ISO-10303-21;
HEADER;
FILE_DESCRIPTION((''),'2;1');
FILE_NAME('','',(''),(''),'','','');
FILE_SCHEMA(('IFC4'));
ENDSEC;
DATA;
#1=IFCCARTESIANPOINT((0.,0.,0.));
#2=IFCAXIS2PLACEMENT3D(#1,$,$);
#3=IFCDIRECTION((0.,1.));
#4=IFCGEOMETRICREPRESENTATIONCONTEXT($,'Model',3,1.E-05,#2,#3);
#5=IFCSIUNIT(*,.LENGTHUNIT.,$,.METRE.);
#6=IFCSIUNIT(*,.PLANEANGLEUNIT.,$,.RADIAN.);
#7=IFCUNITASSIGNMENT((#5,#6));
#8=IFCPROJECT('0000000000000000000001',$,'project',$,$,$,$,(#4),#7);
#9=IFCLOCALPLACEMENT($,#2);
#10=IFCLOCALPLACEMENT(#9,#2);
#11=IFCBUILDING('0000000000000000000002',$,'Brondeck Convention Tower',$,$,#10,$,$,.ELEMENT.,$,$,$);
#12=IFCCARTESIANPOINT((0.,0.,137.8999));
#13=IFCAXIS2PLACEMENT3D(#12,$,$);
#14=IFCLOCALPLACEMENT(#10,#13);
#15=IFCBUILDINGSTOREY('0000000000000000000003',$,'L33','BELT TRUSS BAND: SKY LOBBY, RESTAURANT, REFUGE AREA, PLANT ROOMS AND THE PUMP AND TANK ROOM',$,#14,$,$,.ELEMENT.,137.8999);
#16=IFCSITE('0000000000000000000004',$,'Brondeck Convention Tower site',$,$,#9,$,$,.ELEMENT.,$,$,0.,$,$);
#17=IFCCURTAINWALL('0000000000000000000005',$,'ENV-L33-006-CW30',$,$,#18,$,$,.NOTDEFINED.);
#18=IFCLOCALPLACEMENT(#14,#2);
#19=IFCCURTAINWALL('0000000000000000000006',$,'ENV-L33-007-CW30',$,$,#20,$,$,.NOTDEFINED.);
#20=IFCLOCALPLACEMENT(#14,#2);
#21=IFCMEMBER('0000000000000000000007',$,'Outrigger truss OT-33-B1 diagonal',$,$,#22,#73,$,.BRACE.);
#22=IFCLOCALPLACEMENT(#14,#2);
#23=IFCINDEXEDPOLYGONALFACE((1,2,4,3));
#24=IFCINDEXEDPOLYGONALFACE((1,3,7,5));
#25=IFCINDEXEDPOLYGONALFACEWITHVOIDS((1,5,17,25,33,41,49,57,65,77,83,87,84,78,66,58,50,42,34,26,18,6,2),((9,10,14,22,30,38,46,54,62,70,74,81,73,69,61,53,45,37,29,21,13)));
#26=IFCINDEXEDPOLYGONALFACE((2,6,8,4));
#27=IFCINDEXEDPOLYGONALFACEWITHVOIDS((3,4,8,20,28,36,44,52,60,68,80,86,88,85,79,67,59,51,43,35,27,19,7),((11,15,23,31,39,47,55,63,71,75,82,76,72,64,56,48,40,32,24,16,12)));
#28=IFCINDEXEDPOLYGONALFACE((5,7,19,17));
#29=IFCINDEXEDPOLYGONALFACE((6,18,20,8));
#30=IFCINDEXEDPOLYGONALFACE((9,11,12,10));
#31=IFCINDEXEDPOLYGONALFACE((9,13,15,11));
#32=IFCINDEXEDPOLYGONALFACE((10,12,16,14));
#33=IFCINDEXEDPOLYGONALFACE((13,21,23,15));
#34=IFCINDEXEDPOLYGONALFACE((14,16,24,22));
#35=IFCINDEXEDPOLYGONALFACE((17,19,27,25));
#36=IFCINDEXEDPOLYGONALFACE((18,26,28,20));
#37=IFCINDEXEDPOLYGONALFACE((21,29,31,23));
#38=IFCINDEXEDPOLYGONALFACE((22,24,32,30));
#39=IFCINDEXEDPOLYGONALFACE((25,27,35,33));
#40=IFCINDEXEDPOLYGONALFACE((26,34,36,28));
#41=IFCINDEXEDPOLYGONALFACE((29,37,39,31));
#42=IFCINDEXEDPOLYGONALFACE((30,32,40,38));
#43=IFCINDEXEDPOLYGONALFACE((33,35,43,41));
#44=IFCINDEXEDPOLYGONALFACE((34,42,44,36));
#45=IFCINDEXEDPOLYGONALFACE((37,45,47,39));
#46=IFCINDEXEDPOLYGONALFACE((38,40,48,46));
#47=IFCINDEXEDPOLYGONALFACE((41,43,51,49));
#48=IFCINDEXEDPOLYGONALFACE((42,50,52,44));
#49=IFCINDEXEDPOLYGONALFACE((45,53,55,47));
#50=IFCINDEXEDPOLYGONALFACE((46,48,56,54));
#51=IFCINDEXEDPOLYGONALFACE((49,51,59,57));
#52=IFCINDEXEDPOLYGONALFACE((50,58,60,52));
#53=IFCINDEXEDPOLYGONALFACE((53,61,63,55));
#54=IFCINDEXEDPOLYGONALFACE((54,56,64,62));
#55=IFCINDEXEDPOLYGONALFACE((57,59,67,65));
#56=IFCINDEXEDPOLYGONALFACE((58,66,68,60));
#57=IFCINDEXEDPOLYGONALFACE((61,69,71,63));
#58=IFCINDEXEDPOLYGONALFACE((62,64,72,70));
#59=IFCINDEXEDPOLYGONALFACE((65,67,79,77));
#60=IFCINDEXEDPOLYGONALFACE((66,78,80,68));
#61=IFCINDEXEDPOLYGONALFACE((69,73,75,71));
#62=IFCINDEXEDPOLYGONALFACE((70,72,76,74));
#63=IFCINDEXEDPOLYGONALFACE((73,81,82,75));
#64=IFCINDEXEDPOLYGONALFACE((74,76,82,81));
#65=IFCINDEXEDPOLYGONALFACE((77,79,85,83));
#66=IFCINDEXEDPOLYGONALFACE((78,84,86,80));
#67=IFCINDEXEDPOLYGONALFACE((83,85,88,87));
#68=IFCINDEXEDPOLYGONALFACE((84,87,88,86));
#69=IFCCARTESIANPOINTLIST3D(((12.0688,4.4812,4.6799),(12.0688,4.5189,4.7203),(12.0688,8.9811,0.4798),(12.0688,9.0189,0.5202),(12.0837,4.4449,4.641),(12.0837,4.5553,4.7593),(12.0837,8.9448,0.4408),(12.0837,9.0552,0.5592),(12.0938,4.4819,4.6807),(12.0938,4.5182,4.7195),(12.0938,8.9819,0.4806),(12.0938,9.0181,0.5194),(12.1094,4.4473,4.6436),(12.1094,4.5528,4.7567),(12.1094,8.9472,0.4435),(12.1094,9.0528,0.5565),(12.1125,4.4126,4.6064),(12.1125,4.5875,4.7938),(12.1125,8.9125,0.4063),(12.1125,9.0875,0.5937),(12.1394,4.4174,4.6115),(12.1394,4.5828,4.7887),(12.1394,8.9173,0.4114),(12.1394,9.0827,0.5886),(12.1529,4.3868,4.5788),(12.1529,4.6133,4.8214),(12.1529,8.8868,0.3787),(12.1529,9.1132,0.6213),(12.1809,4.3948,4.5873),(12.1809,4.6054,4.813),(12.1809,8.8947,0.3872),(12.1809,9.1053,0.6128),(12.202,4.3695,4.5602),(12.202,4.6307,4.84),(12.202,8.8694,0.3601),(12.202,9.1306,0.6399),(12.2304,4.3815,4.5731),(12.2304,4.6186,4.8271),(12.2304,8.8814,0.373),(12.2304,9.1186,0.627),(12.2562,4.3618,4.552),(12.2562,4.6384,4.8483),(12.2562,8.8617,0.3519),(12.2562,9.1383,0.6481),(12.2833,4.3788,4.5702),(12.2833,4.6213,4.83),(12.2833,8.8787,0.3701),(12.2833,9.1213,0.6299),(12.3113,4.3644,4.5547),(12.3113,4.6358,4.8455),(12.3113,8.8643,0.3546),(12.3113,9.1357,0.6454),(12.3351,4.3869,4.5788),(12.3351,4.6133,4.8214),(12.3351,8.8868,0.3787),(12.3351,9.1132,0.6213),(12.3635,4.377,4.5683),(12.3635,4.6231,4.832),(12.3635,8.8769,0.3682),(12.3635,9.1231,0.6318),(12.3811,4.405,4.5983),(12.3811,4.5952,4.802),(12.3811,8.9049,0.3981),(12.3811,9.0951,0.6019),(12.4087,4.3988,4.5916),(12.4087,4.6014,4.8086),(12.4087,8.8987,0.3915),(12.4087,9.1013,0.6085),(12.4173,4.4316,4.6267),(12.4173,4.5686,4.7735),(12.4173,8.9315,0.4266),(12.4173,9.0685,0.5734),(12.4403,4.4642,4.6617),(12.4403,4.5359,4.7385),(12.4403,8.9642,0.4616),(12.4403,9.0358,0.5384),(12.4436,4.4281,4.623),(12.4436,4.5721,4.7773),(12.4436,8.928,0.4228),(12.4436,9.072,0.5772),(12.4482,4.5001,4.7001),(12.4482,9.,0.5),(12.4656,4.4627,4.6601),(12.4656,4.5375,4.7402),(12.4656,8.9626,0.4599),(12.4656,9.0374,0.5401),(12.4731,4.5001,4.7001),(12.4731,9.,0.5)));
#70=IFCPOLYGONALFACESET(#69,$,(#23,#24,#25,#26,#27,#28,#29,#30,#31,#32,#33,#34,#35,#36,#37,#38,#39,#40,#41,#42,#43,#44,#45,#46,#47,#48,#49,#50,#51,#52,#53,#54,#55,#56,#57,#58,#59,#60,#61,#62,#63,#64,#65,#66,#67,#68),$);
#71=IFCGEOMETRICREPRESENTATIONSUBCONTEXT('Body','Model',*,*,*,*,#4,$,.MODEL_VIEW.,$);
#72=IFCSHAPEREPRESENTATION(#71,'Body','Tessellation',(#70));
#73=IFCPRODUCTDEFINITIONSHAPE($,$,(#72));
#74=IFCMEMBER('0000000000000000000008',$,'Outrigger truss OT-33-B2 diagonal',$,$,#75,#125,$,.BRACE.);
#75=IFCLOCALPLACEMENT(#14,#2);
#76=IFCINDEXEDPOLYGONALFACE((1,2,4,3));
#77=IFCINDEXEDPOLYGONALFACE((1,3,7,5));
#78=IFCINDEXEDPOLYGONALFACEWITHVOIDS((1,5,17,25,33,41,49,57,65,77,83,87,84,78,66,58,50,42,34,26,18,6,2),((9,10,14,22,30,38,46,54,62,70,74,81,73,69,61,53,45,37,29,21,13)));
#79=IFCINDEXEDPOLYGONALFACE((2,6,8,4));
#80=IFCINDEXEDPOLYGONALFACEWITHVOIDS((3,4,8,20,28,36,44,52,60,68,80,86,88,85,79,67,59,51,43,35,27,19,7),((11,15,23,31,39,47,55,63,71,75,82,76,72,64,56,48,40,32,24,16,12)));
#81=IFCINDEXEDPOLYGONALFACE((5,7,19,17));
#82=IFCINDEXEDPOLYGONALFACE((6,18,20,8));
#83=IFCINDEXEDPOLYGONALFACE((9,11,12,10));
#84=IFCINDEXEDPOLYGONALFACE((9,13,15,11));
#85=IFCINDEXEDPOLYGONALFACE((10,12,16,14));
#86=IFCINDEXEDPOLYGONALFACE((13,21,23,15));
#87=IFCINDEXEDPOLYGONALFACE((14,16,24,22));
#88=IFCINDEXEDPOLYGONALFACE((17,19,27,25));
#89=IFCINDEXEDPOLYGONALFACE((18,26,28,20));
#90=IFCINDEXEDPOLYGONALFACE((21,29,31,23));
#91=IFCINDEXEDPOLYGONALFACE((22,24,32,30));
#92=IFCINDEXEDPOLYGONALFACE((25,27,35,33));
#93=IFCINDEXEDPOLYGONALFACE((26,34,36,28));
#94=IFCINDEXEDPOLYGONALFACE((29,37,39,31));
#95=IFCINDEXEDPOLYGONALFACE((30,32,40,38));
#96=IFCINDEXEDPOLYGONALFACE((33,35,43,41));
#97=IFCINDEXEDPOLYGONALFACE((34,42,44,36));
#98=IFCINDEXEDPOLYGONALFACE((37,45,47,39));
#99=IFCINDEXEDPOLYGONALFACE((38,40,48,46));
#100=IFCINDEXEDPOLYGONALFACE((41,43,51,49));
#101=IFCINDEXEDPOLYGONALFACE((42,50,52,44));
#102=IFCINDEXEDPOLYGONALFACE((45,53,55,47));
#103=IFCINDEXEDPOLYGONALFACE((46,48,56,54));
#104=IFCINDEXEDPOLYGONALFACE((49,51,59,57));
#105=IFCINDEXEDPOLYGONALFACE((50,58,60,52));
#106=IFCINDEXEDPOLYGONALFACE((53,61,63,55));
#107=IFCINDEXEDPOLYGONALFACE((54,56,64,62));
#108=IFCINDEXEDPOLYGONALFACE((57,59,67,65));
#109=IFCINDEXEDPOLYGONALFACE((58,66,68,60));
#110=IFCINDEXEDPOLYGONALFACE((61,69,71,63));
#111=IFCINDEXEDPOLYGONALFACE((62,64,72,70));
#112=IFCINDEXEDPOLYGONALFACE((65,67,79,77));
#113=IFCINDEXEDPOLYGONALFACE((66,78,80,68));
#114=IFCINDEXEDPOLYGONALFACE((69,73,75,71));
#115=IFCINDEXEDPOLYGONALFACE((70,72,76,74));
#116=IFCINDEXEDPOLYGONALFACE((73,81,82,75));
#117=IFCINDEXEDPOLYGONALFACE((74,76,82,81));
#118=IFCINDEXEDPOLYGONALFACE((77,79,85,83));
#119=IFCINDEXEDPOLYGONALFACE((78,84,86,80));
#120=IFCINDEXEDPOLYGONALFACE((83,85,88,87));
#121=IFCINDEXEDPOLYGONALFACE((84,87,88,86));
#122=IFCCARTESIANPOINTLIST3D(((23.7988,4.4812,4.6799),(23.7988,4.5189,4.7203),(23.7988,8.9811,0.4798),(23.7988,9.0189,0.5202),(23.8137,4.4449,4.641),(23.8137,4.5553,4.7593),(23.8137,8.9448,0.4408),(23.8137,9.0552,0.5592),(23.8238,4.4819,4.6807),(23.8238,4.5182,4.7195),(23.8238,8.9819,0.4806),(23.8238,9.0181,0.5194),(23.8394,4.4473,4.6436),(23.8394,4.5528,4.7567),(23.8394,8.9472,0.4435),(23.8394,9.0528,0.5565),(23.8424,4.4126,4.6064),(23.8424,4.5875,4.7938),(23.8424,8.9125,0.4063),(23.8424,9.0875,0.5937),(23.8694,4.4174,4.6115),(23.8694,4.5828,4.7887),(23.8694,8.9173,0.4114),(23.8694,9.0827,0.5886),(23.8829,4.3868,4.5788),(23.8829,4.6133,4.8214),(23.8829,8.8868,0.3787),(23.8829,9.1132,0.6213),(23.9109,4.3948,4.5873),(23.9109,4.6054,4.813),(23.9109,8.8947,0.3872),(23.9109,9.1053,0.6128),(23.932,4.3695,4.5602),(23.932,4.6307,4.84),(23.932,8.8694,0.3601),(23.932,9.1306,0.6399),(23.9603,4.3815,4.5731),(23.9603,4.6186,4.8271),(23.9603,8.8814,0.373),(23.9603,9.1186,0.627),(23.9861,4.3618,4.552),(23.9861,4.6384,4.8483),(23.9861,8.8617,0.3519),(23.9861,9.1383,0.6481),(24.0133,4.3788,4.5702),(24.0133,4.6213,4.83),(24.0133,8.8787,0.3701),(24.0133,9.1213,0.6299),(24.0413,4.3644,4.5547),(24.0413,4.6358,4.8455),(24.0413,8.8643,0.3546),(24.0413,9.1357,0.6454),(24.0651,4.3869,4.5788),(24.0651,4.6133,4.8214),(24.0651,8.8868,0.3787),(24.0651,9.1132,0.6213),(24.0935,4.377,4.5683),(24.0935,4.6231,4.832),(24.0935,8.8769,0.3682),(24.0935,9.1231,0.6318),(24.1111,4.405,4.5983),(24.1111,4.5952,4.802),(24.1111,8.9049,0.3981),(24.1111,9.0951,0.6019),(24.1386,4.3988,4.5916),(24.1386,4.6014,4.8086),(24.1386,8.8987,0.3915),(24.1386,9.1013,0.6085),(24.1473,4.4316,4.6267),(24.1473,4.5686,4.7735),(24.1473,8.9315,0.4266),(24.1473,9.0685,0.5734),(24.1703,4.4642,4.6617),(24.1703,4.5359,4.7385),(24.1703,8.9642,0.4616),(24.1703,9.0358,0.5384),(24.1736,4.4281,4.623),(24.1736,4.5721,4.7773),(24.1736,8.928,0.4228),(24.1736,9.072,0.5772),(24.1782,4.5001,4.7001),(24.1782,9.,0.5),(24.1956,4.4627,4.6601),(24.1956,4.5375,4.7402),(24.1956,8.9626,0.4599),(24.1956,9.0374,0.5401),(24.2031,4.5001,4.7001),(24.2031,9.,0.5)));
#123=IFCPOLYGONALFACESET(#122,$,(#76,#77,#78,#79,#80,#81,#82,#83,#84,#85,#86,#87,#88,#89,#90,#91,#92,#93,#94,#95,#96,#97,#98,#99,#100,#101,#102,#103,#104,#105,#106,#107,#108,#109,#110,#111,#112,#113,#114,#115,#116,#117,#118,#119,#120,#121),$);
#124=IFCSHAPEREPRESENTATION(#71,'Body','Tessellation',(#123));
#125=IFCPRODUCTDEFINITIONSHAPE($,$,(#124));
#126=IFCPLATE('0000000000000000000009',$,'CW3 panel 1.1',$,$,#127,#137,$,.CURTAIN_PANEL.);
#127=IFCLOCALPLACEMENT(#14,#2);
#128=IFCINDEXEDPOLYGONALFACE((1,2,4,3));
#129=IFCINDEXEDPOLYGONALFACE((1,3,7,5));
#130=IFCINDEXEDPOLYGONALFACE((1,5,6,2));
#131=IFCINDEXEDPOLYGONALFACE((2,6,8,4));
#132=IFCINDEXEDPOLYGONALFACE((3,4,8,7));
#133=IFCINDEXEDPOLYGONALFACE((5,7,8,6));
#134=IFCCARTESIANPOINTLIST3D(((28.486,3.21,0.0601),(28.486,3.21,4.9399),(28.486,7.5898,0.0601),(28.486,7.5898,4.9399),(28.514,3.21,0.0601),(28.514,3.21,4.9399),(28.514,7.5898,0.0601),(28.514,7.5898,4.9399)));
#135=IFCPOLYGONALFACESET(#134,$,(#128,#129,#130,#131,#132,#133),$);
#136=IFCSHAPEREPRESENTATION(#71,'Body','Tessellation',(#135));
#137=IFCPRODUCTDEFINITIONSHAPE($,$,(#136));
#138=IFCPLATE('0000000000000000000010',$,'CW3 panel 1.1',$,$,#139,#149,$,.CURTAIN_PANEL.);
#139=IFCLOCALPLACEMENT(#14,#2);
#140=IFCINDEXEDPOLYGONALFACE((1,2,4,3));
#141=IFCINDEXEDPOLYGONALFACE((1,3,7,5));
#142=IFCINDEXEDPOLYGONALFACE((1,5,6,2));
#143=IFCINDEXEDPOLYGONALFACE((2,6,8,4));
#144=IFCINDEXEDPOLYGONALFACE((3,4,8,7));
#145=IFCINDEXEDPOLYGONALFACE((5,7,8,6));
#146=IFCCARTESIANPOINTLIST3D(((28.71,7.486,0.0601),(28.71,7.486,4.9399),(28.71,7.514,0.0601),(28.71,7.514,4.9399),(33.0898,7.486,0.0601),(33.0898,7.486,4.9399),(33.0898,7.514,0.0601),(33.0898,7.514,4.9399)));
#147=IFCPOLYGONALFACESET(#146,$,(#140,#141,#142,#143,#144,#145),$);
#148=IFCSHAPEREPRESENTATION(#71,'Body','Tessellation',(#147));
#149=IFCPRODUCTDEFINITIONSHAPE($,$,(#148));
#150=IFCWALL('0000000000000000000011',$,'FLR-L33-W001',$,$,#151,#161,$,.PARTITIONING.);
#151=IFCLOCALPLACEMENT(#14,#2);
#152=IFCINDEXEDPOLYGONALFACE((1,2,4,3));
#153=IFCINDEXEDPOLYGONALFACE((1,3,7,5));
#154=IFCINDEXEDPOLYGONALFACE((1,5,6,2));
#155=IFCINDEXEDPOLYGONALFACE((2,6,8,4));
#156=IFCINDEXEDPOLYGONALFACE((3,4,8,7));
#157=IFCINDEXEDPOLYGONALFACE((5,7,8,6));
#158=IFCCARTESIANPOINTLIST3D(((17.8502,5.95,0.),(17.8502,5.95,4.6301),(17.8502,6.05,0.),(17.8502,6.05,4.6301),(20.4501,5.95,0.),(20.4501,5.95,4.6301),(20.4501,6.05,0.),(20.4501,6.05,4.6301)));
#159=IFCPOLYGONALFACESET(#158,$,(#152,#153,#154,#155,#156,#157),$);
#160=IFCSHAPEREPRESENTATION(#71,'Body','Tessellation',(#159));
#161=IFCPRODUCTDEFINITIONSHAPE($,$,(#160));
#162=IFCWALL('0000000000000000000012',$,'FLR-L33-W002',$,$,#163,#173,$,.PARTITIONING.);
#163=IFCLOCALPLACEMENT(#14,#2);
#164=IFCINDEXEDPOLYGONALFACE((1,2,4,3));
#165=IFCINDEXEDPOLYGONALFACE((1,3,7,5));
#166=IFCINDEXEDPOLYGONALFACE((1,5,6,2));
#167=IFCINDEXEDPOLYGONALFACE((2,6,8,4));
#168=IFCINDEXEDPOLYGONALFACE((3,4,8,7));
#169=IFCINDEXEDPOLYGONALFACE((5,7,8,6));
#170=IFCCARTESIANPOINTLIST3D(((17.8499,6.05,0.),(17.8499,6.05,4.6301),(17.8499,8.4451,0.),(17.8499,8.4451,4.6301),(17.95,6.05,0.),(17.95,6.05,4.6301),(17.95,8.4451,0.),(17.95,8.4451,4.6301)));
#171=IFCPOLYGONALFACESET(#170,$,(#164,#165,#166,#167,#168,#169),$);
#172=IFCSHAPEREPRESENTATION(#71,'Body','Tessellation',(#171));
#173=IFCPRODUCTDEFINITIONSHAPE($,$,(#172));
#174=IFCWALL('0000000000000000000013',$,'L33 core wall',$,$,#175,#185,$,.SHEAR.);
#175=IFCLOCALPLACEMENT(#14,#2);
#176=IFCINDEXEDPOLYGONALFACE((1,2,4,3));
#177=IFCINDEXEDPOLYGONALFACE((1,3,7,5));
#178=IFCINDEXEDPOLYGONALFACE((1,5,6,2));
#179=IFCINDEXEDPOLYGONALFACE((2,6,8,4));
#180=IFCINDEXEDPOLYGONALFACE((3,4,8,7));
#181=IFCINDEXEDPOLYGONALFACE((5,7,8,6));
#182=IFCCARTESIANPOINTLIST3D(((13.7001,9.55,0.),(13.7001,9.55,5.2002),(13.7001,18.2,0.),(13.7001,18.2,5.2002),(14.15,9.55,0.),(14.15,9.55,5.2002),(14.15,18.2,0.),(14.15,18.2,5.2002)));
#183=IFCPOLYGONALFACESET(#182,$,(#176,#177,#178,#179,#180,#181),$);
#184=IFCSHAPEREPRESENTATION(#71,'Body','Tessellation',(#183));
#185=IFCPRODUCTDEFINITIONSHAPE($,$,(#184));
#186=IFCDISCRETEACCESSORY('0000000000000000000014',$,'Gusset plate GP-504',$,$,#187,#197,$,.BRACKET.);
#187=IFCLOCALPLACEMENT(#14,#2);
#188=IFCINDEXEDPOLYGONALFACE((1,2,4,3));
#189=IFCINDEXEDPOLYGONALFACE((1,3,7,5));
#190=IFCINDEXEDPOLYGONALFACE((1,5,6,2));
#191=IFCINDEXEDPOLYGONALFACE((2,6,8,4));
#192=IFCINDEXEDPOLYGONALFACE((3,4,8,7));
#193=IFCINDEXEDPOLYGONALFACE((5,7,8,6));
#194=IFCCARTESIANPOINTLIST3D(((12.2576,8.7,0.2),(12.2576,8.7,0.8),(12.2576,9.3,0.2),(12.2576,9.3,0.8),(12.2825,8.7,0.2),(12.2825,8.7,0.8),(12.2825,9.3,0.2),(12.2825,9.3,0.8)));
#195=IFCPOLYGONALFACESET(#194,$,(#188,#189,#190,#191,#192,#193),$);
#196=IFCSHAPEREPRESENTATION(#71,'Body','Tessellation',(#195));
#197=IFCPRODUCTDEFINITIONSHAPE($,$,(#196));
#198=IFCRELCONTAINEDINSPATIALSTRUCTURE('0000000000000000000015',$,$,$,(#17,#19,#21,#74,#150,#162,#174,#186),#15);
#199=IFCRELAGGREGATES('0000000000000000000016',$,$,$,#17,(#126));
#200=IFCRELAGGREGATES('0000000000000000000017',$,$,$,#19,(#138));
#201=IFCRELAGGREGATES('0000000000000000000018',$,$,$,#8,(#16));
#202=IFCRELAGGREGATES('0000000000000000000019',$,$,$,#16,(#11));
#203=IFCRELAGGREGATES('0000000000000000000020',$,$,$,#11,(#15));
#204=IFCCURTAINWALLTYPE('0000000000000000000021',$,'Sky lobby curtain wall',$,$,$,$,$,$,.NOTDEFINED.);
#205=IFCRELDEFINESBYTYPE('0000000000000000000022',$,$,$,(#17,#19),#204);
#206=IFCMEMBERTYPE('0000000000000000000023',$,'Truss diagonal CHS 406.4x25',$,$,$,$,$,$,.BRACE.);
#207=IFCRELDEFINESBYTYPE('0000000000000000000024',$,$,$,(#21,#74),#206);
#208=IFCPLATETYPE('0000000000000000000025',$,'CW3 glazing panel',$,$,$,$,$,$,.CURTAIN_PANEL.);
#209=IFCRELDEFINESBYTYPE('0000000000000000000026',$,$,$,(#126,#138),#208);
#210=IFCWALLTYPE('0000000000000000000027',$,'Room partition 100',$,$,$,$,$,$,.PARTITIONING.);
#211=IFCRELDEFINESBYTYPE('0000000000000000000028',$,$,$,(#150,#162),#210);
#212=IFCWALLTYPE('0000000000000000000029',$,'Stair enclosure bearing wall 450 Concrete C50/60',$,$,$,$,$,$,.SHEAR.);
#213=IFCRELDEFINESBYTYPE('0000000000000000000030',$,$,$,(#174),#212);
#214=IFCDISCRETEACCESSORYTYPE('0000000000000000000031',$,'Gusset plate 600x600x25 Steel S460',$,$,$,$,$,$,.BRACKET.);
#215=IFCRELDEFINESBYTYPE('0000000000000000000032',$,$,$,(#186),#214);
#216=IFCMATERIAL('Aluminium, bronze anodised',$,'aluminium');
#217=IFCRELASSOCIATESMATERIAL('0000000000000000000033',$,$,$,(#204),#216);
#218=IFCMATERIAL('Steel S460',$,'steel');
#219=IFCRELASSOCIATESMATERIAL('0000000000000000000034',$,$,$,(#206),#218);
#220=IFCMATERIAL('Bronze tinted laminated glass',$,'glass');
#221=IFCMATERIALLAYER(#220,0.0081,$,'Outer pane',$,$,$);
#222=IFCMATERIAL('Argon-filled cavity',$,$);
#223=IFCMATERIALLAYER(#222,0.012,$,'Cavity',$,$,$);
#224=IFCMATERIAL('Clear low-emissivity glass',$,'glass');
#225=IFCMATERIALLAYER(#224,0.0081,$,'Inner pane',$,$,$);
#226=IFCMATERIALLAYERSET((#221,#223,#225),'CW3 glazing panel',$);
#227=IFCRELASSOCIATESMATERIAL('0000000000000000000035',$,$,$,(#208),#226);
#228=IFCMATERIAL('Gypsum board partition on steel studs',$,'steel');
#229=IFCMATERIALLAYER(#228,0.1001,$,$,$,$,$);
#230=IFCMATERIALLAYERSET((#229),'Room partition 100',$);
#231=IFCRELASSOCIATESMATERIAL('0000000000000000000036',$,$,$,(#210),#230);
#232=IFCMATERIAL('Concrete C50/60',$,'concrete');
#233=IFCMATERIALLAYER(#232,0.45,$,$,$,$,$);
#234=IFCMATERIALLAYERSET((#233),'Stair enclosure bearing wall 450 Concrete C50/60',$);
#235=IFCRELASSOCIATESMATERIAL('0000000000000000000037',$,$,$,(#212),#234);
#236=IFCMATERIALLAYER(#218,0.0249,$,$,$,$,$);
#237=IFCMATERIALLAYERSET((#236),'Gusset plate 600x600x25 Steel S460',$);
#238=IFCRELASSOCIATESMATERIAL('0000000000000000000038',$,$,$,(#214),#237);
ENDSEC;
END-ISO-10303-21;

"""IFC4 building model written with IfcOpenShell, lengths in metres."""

from ifc_helpers import new_model, si_unit, direction, frame, frame_2d, origin, origin_2d, place, context, subcontext, project, spatial, rectangle, hollow_circle, extrude, material, layer, layer_set, material_profile, profile_set, type_object, element, aggregate, save


model = new_model("IFC4")

# Units and contexts
model_context = context("Model", 3, precision=1e-05, world=origin(), true_north=direction((0.0, 1.0)))
body_context = subcontext(model_context, "Body", "Model", "MODEL_VIEW")
ifc_project = project(units=[si_unit("LENGTHUNIT", "METRE"), si_unit("PLANEANGLEUNIT", "RADIAN")], contexts=[model_context])

# Site, building, storey
site_placement = place(None, origin())
site = spatial("IfcSite", under=ifc_project, at=site_placement, Name="Brondeck Convention Tower site", CompositionType="ELEMENT", RefElevation=0.0)
building_placement = place(site_placement, origin())
building = spatial("IfcBuilding", under=site, at=building_placement, Name="Brondeck Convention Tower", CompositionType="ELEMENT")
storey_placement = place(building_placement, frame((0.0, 0.0, 137.8999)))
storey = spatial("IfcBuildingStorey", under=building, at=storey_placement, Name="L33", Description="BELT TRUSS BAND: SKY LOBBY, RESTAURANT, REFUGE AREA, PLANT ROOMS AND THE PUMP AND TANK ROOM", CompositionType="ELEMENT", Elevation=137.8999)

# Curtain walls
ifc_material_1 = material(Name="Aluminium, bronze anodised", Category="aluminium")
curtain_wall_type = type_object("IfcCurtainWallType", Name="Sky lobby curtain wall", PredefinedType="NOTDEFINED", material=ifc_material_1)
curtain_wall_1_placement = place(storey_placement, origin())
curtain_wall_1 = element("IfcCurtainWall", 1, at=curtain_wall_1_placement, inside=storey, type_object=curtain_wall_type, Name="ENV-L33-006-CW30", PredefinedType="NOTDEFINED")
curtain_wall_2_placement = place(storey_placement, origin())
curtain_wall_2 = element("IfcCurtainWall", 2, at=curtain_wall_2_placement, inside=storey, type_object=curtain_wall_type, Name="ENV-L33-007-CW30", PredefinedType="NOTDEFINED")

# Shared definitions
ifc_material_2 = material(Name="Steel S460", Category="steel")

# Members
ifc_material_profile_1 = material_profile(ifc_material_2, hollow_circle(Radius=0.2031, WallThickness=0.0249, at=origin_2d()), Name="CHS 406.4x25")
ifc_profile_set_1 = profile_set([ifc_material_profile_1], Name="Steel S460")
member_type_1 = type_object("IfcMemberType", Name="Truss diagonal CHS 406.4x25", PredefinedType="BRACE", material=ifc_profile_set_1)
for number, where, z_axis, x_axis, name in (
    (3, (12.27, 9.0, 0.5), (0.0, -0.731039, 0.682335), (1.0, 0.0, 0.0), "Outrigger truss OT-33-B1 diagonal"),
    (4, (24.0, 9.0, 0.5), (0.0, -0.731039, 0.682335), (1.0, 0.0, 0.0), "Outrigger truss OT-33-B2 diagonal"),
):
    element("IfcMember", number, at=place(storey_placement, frame(where, z_axis=z_axis, x_axis=x_axis)), inside=storey, type_object=member_type_1, Name=name, PredefinedType="BRACE", context=body_context, shape_type="SweptSolid", body=[
        extrude(hollow_circle(Radius=0.2031, WallThickness=0.0249, at=origin_2d()), origin(), (0.0, 0.0, 1.0), 6.1555),
    ])

# Plates
ifc_material_3 = material(Name="Bronze tinted laminated glass", Category="glass")
ifc_layer_1 = layer(ifc_material_3, 0.0081, Name="Outer pane")
ifc_material_4 = material(Name="Argon-filled cavity")
ifc_layer_2 = layer(ifc_material_4, 0.012, Name="Cavity")
ifc_material_5 = material(Name="Clear low-emissivity glass", Category="glass")
ifc_layer_3 = layer(ifc_material_5, 0.0081, Name="Inner pane")
ifc_layer_set_1 = layer_set([ifc_layer_1, ifc_layer_2, ifc_layer_3], Name="CW3 glazing panel")
plate_type = type_object("IfcPlateType", Name="CW3 glazing panel", PredefinedType="CURTAIN_PANEL", material=ifc_layer_set_1)
plate_1_placement = place(storey_placement, frame((28.5, 5.3999, 0.0601), z_axis=(0.0, 0.0, 1.0), x_axis=(0.0, -1.0, 0.0)))
plate_1 = element("IfcPlate", 5, at=plate_1_placement, type_object=plate_type, Name="CW3 panel 1.1", PredefinedType="CURTAIN_PANEL", context=body_context, shape_type="SweptSolid", body=[
    extrude(rectangle(XDim=4.3799, YDim=0.0281, at=origin_2d()), origin(), (0.0, 0.0, 1.0), 4.8799),
])
aggregate(curtain_wall_1, [plate_1])
plate_2_placement = place(storey_placement, frame((30.8999, 7.5, 0.0601), z_axis=(0.0, 0.0, 1.0), x_axis=(-1.0, 0.0, 0.0)))
plate_2 = element("IfcPlate", 6, at=plate_2_placement, type_object=plate_type, Name="CW3 panel 1.1", PredefinedType="CURTAIN_PANEL", context=body_context, shape_type="SweptSolid", body=[
    extrude(rectangle(XDim=4.3799, YDim=0.0281, at=origin_2d()), origin(), (0.0, 0.0, 1.0), 4.8799),
])
aggregate(curtain_wall_2, [plate_2])

# Walls
ifc_material_6 = material(Name="Gypsum board partition on steel studs", Category="steel")
ifc_layer_4 = layer(ifc_material_6, 0.1001)
ifc_layer_set_2 = layer_set([ifc_layer_4], Name="Room partition 100")
wall_type_1 = type_object("IfcWallType", Name="Room partition 100", PredefinedType="PARTITIONING", material=ifc_layer_set_2)
wall_1_placement = place(storey_placement, frame((20.45, 6.0, 0.0), z_axis=(0.0, 0.0, 1.0), x_axis=(-1.0, 0.0, 0.0)))
element("IfcWall", 7, at=wall_1_placement, inside=storey, type_object=wall_type_1, Name="FLR-L33-W001", PredefinedType="PARTITIONING", context=body_context, shape_type="SweptSolid", body=[
    extrude(rectangle(XDim=2.5999, YDim=0.1001, at=frame_2d((1.2998, 0.0))), origin(), (0.0, 0.0, 1.0), 4.6301),
])
wall_2_placement = place(storey_placement, frame((17.8999, 6.05, 0.0), z_axis=(0.0, 0.0, 1.0), x_axis=(0.0, 1.0, 0.0)))
element("IfcWall", 8, at=wall_2_placement, inside=storey, type_object=wall_type_1, Name="FLR-L33-W002", PredefinedType="PARTITIONING", context=body_context, shape_type="SweptSolid", body=[
    extrude(rectangle(XDim=2.395, YDim=0.1001, at=frame_2d((1.1975, 0.0))), origin(), (0.0, 0.0, 1.0), 4.6301),
])
ifc_material_7 = material(Name="Concrete C50/60", Category="concrete")
ifc_layer_5 = layer(ifc_material_7, 0.45)
ifc_layer_set_3 = layer_set([ifc_layer_5], Name="Stair enclosure bearing wall 450 Concrete C50/60")
wall_type_2 = type_object("IfcWallType", Name="Stair enclosure bearing wall 450 Concrete C50/60", PredefinedType="SHEAR", material=ifc_layer_set_3)
wall_3_placement = place(storey_placement, frame((13.925, 9.55, 0.0), z_axis=(0.0, 0.0, 1.0), x_axis=(0.0, 1.0, 0.0)))
element("IfcWall", 9, at=wall_3_placement, inside=storey, type_object=wall_type_2, Name="L33 core wall", PredefinedType="SHEAR", context=body_context, shape_type="SweptSolid", body=[
    extrude(rectangle(XDim=8.6499, YDim=0.45, at=frame_2d((4.325, 0.0))), origin(), (0.0, 0.0, 1.0), 5.2002),
])

# Discrete accessory
ifc_layer_6 = layer(ifc_material_2, 0.0249)
ifc_layer_set_4 = layer_set([ifc_layer_6], Name="Gusset plate 600x600x25 Steel S460")
discrete_accessory_type = type_object("IfcDiscreteAccessoryType", Name="Gusset plate 600x600x25 Steel S460", PredefinedType="BRACKET", material=ifc_layer_set_4)
for number, where, z_axis, x_axis, name in (
    (10, (12.27, 9.0, 0.2), (0.0, 0.0, 1.0), (0.0, 1.0, 0.0), "Gusset plate GP-504"),
):
    element("IfcDiscreteAccessory", number, at=place(storey_placement, frame(where, z_axis=z_axis, x_axis=x_axis)), inside=storey, type_object=discrete_accessory_type, Name=name, PredefinedType="BRACKET", context=body_context, shape_type="SweptSolid", body=[
        extrude(rectangle(XDim=0.6001, YDim=0.0249, at=origin_2d()), origin(), (0.0, 0.0, 1.0), 0.6001),
    ])

save(model, "model.ifc")
